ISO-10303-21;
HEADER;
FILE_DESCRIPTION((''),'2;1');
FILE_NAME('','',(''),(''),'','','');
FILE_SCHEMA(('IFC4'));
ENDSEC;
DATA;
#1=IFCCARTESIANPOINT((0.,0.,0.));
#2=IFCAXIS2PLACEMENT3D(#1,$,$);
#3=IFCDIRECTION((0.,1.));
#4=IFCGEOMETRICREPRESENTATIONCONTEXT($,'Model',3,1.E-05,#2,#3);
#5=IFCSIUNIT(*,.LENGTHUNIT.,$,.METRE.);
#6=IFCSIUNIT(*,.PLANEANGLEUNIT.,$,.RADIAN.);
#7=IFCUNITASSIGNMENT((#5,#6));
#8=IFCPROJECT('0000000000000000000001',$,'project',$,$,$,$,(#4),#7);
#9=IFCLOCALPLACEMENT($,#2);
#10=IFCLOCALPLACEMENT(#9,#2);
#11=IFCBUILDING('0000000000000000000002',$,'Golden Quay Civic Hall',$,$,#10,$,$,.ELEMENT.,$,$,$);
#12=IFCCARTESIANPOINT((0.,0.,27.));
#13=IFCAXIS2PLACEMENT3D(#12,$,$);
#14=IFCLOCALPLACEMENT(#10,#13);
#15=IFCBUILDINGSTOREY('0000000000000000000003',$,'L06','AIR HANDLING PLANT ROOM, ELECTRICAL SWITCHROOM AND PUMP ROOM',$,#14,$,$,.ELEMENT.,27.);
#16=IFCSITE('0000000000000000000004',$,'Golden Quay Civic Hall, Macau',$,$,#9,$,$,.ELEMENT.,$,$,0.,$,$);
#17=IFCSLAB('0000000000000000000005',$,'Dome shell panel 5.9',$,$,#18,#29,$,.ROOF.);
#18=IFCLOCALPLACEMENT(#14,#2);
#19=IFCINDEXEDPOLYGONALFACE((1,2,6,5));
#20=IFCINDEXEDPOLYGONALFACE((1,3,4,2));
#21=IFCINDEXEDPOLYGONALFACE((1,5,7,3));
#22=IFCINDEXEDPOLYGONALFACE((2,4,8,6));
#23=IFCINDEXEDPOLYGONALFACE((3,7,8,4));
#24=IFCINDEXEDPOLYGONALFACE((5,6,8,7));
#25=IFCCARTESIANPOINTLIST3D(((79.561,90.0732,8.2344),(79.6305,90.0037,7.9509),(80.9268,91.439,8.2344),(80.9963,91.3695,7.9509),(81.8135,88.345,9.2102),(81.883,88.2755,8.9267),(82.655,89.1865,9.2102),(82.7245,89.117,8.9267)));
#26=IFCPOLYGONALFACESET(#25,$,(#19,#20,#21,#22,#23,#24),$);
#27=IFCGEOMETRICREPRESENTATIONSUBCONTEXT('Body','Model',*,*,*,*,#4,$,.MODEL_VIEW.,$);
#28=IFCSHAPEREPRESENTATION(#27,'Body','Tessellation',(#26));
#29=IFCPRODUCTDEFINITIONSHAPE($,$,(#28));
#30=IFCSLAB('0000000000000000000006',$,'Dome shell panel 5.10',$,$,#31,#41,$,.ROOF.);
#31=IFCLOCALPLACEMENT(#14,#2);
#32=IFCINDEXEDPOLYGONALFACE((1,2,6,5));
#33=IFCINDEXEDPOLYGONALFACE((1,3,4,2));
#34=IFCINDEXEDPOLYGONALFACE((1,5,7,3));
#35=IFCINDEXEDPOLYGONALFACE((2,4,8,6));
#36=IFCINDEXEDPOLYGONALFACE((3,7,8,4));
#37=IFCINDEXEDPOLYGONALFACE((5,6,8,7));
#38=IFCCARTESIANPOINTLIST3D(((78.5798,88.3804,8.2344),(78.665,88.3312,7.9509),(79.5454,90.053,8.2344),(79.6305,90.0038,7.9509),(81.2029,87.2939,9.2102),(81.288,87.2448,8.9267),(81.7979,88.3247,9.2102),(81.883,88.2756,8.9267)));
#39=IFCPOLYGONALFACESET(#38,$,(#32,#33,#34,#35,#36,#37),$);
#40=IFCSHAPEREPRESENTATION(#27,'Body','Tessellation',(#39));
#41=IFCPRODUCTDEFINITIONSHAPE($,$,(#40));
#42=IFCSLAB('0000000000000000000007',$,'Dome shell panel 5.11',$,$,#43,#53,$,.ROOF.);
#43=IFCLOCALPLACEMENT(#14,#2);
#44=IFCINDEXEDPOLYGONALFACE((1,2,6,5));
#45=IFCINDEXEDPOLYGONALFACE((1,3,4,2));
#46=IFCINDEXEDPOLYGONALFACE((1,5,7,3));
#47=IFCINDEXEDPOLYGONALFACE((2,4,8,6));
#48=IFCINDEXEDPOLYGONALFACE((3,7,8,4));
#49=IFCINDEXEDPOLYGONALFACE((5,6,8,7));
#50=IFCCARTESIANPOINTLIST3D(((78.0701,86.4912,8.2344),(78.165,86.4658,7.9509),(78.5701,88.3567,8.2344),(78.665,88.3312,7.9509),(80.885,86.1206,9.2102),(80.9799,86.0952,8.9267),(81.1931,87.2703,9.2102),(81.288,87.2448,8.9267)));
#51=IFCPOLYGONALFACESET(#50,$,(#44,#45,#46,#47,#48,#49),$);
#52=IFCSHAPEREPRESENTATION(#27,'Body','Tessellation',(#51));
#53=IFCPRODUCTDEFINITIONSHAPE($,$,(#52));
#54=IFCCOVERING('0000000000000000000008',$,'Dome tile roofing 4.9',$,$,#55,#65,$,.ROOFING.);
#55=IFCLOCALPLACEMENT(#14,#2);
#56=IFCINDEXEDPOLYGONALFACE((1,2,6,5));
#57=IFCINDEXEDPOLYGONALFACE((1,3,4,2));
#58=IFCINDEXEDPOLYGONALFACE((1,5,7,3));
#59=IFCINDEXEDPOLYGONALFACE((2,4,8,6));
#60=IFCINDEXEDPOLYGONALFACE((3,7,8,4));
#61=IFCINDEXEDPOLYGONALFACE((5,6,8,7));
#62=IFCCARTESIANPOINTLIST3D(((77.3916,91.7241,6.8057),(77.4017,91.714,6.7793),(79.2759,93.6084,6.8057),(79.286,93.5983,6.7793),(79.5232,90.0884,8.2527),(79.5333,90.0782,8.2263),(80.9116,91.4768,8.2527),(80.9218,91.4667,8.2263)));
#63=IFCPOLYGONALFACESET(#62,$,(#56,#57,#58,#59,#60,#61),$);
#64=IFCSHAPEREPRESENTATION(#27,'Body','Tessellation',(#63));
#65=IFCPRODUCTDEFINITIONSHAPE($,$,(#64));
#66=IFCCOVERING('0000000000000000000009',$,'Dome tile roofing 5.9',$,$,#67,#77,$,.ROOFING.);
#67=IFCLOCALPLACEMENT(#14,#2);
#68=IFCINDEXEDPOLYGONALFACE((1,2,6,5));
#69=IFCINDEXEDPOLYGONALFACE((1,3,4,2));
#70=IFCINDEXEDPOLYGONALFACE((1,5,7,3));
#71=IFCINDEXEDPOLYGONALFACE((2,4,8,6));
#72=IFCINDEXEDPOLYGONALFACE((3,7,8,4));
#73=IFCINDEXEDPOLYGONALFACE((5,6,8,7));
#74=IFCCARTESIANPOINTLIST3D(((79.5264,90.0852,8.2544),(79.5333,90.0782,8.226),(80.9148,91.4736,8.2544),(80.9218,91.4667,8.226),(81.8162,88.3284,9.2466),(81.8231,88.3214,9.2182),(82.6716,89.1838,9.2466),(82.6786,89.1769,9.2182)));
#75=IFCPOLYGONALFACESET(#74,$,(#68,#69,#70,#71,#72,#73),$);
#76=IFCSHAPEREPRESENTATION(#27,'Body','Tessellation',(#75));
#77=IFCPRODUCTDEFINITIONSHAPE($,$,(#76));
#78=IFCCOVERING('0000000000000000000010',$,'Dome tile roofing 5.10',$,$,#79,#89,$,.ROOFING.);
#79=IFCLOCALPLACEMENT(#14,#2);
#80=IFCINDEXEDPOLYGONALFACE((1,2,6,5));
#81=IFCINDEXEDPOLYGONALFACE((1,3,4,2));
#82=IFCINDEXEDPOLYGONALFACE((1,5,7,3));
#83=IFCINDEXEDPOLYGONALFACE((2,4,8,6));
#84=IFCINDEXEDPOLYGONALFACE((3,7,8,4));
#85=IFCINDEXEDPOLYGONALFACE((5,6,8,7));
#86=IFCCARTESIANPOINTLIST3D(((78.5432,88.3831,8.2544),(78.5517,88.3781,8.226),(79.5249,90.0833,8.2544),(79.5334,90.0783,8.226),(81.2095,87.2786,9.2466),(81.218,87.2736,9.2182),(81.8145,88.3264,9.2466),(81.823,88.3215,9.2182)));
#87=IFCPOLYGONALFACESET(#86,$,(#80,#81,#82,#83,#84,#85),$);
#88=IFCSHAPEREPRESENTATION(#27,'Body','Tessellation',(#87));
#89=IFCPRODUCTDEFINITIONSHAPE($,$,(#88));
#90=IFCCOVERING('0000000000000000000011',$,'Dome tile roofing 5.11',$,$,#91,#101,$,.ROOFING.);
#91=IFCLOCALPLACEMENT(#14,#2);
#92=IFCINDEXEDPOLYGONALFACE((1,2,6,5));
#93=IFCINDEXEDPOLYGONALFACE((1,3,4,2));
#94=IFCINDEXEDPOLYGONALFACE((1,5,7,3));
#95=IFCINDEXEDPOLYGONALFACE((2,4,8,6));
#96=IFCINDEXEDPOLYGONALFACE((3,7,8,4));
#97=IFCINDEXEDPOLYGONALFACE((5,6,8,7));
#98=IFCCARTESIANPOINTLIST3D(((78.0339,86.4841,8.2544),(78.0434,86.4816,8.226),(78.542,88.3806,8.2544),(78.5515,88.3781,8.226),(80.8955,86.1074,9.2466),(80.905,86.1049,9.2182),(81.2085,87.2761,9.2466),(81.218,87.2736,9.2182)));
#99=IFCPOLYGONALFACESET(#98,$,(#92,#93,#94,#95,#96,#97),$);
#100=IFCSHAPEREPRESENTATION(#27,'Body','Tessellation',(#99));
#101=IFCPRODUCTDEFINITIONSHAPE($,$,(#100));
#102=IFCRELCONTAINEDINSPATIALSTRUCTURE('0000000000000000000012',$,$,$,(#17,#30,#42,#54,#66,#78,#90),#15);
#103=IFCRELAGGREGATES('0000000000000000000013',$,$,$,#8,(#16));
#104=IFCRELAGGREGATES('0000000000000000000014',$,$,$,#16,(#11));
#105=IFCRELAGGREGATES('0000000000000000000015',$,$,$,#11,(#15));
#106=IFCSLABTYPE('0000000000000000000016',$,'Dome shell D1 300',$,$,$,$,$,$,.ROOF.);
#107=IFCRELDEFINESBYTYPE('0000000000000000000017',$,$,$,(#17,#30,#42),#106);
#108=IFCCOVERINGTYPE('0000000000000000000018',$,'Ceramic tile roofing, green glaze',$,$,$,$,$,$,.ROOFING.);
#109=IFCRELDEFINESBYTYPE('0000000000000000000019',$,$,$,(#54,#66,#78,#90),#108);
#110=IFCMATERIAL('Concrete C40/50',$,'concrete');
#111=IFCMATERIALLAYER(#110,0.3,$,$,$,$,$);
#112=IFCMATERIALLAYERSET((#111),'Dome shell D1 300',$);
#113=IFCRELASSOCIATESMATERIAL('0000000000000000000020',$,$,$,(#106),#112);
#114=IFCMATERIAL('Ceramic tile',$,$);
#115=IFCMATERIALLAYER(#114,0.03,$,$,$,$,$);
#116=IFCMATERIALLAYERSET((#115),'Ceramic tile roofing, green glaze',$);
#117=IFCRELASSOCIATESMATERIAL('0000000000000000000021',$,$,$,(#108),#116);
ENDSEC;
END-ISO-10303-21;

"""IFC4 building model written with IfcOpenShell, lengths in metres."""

from ifc_helpers import new_model, si_unit, direction, frame, origin, place, context, subcontext, project, spatial, polyline, outline, extrude, material, layer, layer_set, type_object, element, save


model = new_model("IFC4")

# Units and contexts
model_context = context("Model", 3, precision=1e-05, world=origin(), true_north=direction((0.0, 1.0)))
body_context = subcontext(model_context, "Body", "Model", "MODEL_VIEW")
ifc_project = project(units=[si_unit("LENGTHUNIT", "METRE"), si_unit("PLANEANGLEUNIT", "RADIAN")], contexts=[model_context])

# Site, building, storey
site_placement = place(None, origin())
site = spatial("IfcSite", under=ifc_project, at=site_placement, Name="Golden Quay Civic Hall, Macau", CompositionType="ELEMENT", RefElevation=0.0)
building_placement = place(site_placement, origin())
building = spatial("IfcBuilding", under=site, at=building_placement, Name="Golden Quay Civic Hall", CompositionType="ELEMENT")
storey_placement = place(building_placement, frame((0.0, 0.0, 27.0)))
storey = spatial("IfcBuildingStorey", under=building, at=storey_placement, Name="L06", Description="AIR HANDLING PLANT ROOM, ELECTRICAL SWITCHROOM AND PUMP ROOM", CompositionType="ELEMENT", Elevation=27.0)

# Slabs
ifc_material_1 = material(Name="Concrete C40/50", Category="concrete")
ifc_layer_1 = layer(ifc_material_1, 0.3)
ifc_layer_set_1 = layer_set([ifc_layer_1], Name="Dome shell D1 300")
slab_type = type_object("IfcSlabType", Name="Dome shell D1 300", PredefinedType="ROOF", material=ifc_layer_set_1)
slab_1_placement = place(storey_placement, frame((80.9268, 91.439, 8.2344), z_axis=(-0.231616, 0.231616, 0.944832), x_axis=(-0.707107, -0.707107, 0.0)))
element("IfcSlab", 1, at=slab_1_placement, inside=storey, type_object=slab_type, Name="Dome shell panel 5.9", PredefinedType="ROOF", context=body_context, shape_type="SweptSolid", body=[
    extrude(outline(polyline([(0.0, 0.0), (1.9314, 0.0), (1.5608, 2.9791), (0.3706, 2.9791), (0.0, 0.0)])), origin(), (0.0, 0.0, -1.0), 0.3),
])
slab_2_placement = place(storey_placement, frame((79.5454, 90.053, 8.2344), z_axis=(-0.283678, 0.163756, 0.944834), x_axis=(-0.499958, -0.86605, -0.000006)))
element("IfcSlab", 2, at=slab_2_placement, inside=storey, type_object=slab_type, Name="Dome shell panel 5.10", PredefinedType="ROOF", context=body_context, shape_type="SweptSolid", body=[
    extrude(outline(polyline([(0.0, 0.0), (1.9313, 0.0), (1.5608, 2.9792), (0.3706, 2.9791), (0.0, 0.0)])), origin(), (0.0, 0.0, -1.0), 0.3),
])
slab_3_placement = place(storey_placement, frame((78.5701, 88.3567, 8.2344), z_axis=(-0.316377, 0.084794, 0.944836), x_axis=(-0.258889, -0.965907, -0.000003)))
element("IfcSlab", 3, at=slab_3_placement, inside=storey, type_object=slab_type, Name="Dome shell panel 5.11", PredefinedType="ROOF", context=body_context, shape_type="SweptSolid", body=[
    extrude(outline(polyline([(0.0, 0.0), (1.9313, 0.0), (1.5605, 2.9793), (0.3703, 2.9792), (0.0, 0.0)])), origin(), (0.0, 0.0, -1.0), 0.3),
])

# Coverings
ifc_material_2 = material(Name="Ceramic tile")
ifc_layer_2 = layer(ifc_material_2, 0.03)
ifc_layer_set_2 = layer_set([ifc_layer_2], Name="Ceramic tile roofing, green glaze")
covering_type = type_object("IfcCoveringType", Name="Ceramic tile roofing, green glaze", PredefinedType="ROOFING", material=ifc_layer_set_2)
covering_1_placement = place(storey_placement, frame((79.2759, 93.6084, 6.8057), z_axis=(-0.337517, 0.337517, 0.878729), x_axis=(-0.707107, -0.707107, 0.0)))
element("IfcCovering", 4, at=covering_1_placement, inside=storey, type_object=covering_type, Name="Dome tile roofing 4.9", PredefinedType="ROOFING", context=body_context, shape_type="SweptSolid", body=[
    extrude(outline(polyline([(0.0, 0.0), (2.6648, 0.0), (2.3142, 3.0315), (0.3506, 3.0315), (0.0, 0.0)])), origin(), (0.0, 0.0, -1.0), 0.03),
])
covering_2_placement = place(storey_placement, frame((80.9148, 91.4736, 8.2544), z_axis=(-0.231657, 0.231657, 0.944812), x_axis=(-0.707107, -0.707107, 0.0)))
element("IfcCovering", 5, at=covering_2_placement, inside=storey, type_object=covering_type, Name="Dome tile roofing 5.9", PredefinedType="ROOFING", context=body_context, shape_type="SweptSolid", body=[
    extrude(outline(polyline([(0.0, 0.0), (1.9635, 0.0), (1.5867, 3.0285), (0.3769, 3.0285), (0.0, 0.0)])), origin(), (0.0, 0.0, -1.0), 0.03),
])
covering_3_placement = place(storey_placement, frame((79.5249, 90.0833, 8.2544), z_axis=(-0.283729, 0.16382, 0.944807), x_axis=(-0.50003, -0.866008, -0.000004)))
element("IfcCovering", 6, at=covering_3_placement, inside=storey, type_object=covering_type, Name="Dome tile roofing 5.10", PredefinedType="ROOFING", context=body_context, shape_type="SweptSolid", body=[
    extrude(outline(polyline([(0.0, 0.0), (1.9633, 0.0), (1.5865, 3.0284), (0.3766, 3.0284), (0.0, 0.0)])), origin(), (0.0, 0.0, -1.0), 0.03),
])
covering_4_placement = place(storey_placement, frame((78.542, 88.3806, 8.2544), z_axis=(-0.316443, 0.084763, 0.944817), x_axis=(-0.258766, -0.96594, -0.000009)))
element("IfcCovering", 7, at=covering_4_placement, inside=storey, type_object=covering_type, Name="Dome tile roofing 5.11", PredefinedType="ROOFING", context=body_context, shape_type="SweptSolid", body=[
    extrude(outline(polyline([(0.0, 0.0), (1.9634, 0.0), (1.5867, 3.0287), (0.3769, 3.0286), (0.0, 0.0)])), origin(), (0.0, 0.0, -1.0), 0.03),
])

save(model, "model.ifc")
